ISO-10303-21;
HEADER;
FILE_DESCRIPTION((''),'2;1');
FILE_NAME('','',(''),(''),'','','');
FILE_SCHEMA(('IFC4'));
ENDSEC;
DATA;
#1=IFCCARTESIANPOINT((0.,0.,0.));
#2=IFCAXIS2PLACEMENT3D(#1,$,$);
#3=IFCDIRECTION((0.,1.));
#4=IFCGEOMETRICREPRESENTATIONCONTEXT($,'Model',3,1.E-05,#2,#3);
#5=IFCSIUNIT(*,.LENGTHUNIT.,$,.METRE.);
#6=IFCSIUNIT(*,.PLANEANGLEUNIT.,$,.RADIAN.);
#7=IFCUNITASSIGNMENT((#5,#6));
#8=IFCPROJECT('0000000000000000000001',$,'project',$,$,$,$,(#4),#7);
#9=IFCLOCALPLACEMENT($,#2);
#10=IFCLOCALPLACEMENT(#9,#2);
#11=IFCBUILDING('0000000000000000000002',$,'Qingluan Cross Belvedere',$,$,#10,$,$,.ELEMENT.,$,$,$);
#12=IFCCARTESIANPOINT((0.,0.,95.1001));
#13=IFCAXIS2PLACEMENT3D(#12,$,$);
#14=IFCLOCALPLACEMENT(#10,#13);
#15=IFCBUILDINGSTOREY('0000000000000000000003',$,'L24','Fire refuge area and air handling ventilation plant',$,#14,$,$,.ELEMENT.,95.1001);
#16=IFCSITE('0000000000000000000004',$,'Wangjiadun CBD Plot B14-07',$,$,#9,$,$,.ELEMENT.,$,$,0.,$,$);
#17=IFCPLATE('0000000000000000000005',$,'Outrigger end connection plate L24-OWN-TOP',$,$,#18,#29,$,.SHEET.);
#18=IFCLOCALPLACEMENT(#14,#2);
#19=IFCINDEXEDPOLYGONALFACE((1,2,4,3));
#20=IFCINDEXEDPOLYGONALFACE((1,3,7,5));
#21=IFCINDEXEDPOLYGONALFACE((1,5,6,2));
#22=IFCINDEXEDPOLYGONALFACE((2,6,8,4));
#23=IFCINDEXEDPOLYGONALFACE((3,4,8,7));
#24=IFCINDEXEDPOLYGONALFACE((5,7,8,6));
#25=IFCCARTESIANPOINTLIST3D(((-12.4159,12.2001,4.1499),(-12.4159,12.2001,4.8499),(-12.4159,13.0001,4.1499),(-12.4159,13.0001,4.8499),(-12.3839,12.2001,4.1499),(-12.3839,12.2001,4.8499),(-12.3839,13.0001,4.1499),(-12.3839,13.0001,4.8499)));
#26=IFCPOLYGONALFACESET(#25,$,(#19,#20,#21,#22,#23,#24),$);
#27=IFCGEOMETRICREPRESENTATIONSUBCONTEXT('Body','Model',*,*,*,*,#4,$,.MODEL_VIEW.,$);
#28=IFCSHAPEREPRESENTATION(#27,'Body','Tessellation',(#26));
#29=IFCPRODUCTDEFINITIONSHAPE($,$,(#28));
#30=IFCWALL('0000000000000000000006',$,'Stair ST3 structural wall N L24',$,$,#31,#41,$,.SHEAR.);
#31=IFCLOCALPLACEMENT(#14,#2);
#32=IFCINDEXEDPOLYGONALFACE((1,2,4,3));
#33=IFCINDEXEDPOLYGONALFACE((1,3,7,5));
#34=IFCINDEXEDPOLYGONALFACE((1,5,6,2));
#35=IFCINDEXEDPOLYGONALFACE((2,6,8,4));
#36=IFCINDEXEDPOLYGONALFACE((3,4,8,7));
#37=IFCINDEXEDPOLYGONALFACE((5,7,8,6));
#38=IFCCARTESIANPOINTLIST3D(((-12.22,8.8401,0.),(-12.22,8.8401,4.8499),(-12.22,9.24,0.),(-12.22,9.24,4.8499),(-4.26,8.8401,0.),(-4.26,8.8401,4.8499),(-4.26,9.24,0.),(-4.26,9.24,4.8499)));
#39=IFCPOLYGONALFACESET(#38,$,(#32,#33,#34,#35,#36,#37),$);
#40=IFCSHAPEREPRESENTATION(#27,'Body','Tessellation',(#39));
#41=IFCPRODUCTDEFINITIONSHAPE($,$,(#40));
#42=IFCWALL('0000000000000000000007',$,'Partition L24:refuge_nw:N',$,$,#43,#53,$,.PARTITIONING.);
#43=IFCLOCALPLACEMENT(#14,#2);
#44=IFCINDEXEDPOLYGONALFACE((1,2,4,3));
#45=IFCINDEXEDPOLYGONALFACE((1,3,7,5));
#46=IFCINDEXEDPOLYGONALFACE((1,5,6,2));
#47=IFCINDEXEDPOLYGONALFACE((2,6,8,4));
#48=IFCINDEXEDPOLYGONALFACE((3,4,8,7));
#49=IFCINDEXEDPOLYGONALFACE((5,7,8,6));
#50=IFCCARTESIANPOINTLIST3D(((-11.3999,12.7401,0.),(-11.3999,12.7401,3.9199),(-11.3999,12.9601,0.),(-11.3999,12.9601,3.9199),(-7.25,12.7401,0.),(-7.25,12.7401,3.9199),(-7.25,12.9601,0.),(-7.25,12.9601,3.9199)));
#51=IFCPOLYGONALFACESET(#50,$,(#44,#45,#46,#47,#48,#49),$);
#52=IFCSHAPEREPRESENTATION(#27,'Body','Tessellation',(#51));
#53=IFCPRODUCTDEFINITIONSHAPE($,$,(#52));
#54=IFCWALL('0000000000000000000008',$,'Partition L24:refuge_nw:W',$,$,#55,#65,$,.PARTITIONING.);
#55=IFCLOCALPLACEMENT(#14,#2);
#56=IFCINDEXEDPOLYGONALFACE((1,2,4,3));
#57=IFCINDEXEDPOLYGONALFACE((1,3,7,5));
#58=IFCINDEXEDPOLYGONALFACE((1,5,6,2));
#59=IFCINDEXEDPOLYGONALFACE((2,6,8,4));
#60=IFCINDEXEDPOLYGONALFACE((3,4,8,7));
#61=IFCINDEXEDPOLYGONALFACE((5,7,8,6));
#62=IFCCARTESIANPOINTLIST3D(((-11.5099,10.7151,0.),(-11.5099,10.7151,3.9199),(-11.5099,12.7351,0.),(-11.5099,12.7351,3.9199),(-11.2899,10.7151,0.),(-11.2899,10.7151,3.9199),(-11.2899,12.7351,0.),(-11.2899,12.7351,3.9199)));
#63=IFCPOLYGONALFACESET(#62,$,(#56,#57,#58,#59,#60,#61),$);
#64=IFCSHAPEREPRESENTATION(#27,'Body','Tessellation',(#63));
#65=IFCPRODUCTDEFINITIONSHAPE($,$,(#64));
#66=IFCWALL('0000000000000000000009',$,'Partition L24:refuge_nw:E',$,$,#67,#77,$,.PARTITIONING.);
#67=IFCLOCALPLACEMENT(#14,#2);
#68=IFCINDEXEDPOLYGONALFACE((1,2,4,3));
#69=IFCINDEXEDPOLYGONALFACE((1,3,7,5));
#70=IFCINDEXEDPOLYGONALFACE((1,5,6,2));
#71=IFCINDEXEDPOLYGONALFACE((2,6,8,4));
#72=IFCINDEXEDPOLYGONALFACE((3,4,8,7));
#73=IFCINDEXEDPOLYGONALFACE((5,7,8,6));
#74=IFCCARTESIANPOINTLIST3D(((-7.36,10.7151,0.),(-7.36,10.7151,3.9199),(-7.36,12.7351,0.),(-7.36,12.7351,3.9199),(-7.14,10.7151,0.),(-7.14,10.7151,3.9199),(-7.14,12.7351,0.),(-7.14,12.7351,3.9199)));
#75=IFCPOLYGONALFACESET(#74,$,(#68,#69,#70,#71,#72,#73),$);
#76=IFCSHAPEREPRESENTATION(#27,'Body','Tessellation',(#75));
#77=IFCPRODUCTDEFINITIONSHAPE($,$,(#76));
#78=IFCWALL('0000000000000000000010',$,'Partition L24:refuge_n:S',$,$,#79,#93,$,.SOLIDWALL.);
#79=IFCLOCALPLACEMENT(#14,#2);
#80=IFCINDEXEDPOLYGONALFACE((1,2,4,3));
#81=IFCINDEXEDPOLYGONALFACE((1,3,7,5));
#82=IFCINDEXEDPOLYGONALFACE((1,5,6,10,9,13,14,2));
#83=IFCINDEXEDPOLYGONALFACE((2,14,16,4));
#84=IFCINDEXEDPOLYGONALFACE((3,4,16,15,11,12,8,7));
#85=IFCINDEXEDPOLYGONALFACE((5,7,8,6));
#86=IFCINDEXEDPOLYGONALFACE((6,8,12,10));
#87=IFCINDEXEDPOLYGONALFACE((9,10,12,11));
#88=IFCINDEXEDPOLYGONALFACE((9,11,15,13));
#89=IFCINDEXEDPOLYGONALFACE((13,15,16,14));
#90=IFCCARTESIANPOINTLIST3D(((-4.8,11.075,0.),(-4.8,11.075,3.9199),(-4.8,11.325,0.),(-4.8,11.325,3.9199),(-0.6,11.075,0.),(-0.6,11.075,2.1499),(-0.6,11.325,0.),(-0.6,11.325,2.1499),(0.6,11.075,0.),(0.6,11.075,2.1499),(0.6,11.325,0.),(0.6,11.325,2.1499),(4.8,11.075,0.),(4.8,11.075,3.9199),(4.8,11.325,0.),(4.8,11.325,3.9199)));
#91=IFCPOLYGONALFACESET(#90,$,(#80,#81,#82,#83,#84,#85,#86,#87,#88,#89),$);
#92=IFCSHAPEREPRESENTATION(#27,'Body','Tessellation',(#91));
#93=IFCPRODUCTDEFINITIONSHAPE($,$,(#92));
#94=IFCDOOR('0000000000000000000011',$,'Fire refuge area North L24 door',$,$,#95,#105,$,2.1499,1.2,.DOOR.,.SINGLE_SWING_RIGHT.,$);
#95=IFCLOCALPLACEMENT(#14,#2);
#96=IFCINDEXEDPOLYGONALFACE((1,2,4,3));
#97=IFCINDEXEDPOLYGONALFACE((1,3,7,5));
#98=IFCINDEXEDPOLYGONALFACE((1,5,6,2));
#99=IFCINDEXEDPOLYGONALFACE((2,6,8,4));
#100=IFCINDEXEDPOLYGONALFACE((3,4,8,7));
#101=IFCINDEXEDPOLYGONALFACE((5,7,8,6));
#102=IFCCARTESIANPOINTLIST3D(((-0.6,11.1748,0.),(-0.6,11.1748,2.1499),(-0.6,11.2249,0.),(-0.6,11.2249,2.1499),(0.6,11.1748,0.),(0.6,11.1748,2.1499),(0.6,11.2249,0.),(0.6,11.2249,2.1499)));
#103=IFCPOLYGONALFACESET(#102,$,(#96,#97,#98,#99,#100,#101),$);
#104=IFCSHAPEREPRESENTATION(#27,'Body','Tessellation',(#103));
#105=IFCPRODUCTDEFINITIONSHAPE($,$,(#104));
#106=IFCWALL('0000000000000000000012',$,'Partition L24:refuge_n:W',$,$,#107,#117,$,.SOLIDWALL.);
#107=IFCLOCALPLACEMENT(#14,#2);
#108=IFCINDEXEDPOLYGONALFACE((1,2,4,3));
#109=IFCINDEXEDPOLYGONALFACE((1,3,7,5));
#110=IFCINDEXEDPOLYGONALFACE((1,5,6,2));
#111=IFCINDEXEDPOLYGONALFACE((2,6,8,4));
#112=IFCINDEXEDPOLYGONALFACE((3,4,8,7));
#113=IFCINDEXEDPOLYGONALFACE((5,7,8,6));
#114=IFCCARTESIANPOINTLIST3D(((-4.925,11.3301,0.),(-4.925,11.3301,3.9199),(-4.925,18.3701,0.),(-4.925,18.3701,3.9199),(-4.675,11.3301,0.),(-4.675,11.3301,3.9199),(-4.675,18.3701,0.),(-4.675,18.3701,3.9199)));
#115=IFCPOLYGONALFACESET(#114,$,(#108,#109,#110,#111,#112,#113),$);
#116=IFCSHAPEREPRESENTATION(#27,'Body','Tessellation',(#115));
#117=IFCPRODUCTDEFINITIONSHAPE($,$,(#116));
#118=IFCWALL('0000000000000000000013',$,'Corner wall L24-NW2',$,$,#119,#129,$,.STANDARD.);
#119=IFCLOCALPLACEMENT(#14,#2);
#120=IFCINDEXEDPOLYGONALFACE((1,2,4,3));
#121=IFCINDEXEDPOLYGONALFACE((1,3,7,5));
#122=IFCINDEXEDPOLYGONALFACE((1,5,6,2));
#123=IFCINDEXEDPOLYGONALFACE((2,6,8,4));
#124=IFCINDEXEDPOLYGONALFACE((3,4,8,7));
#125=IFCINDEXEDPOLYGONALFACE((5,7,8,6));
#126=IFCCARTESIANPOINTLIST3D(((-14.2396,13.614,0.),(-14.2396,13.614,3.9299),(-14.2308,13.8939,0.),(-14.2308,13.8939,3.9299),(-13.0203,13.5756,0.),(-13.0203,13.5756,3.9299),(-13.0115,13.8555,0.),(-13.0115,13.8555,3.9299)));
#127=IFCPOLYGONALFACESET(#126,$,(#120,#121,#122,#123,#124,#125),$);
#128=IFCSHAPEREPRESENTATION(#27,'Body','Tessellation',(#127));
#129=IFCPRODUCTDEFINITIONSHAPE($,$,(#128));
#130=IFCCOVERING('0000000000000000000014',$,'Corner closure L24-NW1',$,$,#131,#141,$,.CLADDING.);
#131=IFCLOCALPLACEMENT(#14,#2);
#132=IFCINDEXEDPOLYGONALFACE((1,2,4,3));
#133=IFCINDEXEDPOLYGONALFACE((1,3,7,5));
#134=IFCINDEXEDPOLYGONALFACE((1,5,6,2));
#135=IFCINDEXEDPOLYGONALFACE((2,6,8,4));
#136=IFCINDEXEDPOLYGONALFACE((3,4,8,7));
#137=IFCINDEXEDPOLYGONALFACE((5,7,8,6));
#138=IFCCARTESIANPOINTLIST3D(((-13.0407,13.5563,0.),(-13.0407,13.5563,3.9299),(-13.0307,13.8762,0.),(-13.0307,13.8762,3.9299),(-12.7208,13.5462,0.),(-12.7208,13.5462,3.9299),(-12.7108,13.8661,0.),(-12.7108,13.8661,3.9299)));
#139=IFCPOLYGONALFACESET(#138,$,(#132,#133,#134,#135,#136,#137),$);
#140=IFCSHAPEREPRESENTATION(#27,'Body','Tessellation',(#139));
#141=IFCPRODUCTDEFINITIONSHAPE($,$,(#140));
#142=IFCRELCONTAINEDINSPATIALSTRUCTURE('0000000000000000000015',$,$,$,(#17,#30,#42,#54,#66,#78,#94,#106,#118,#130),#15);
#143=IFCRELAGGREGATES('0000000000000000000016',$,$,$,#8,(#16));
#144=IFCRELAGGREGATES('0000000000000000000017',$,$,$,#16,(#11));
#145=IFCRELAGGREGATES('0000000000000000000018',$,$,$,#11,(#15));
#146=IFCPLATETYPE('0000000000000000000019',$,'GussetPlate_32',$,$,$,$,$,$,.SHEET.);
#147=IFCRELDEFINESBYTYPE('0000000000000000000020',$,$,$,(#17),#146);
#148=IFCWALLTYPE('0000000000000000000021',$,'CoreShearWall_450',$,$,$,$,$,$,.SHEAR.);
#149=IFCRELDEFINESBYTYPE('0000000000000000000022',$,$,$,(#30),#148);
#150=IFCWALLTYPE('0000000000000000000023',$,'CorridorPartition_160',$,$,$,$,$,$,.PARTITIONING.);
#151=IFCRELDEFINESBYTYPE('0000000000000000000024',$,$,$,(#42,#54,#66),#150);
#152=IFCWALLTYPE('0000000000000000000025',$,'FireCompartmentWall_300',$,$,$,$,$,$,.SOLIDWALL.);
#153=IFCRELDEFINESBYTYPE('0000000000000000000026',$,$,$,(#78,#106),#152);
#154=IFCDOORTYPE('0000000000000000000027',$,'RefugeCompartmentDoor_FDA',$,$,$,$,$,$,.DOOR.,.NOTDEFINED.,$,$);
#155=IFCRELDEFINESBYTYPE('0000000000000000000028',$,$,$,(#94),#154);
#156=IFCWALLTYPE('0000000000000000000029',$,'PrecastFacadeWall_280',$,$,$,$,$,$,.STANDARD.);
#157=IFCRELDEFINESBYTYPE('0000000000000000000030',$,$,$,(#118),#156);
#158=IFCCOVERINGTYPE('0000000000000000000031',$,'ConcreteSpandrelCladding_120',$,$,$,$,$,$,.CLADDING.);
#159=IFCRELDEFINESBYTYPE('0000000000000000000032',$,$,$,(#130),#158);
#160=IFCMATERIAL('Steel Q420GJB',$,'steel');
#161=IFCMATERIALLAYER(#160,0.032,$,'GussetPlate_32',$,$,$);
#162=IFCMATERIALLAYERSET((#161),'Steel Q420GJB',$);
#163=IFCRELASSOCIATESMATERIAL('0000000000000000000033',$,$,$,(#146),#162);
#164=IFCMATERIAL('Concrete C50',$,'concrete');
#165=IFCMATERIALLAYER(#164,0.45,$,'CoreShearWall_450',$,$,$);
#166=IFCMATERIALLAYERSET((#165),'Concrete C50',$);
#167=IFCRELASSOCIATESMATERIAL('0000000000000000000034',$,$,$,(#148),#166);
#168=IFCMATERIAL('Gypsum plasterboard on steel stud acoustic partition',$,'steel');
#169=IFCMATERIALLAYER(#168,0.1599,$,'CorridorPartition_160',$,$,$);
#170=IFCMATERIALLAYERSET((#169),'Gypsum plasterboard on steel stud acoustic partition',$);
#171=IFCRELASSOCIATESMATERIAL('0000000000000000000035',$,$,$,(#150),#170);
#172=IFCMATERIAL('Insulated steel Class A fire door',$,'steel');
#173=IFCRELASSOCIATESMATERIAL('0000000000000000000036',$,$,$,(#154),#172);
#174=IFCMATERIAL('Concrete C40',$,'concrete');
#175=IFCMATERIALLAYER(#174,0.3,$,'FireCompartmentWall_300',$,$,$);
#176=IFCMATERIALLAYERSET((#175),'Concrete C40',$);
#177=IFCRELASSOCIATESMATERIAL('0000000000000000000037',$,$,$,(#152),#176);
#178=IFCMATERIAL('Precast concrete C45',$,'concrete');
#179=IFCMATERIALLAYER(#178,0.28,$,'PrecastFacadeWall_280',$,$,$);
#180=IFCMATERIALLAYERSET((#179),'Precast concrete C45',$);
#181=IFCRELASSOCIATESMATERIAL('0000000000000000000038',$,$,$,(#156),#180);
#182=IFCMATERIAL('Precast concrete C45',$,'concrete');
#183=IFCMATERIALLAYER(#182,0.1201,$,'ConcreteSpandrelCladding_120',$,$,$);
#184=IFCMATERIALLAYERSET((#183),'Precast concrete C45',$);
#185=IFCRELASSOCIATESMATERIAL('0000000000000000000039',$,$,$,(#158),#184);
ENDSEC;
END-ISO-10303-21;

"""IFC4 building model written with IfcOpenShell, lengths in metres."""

from ifc_helpers import new_model, si_unit, direction, frame, frame_2d, origin, origin_2d, place, context, subcontext, project, spatial, rectangle, extrude, material, layer, layer_set, type_object, element, fill, save


model = new_model("IFC4")

# Units and contexts
model_context = context("Model", 3, precision=1e-05, world=origin(), true_north=direction((0.0, 1.0)))
body_context = subcontext(model_context, "Body", "Model", "MODEL_VIEW")
ifc_project = project(units=[si_unit("LENGTHUNIT", "METRE"), si_unit("PLANEANGLEUNIT", "RADIAN")], contexts=[model_context])

# Site, building, storey
site_placement = place(None, origin())
site = spatial("IfcSite", under=ifc_project, at=site_placement, Name="Wangjiadun CBD Plot B14-07", CompositionType="ELEMENT", RefElevation=0.0)
building_placement = place(site_placement, origin())
building = spatial("IfcBuilding", under=site, at=building_placement, Name="Qingluan Cross Belvedere", CompositionType="ELEMENT")
storey_placement = place(building_placement, frame((0.0, 0.0, 95.1001)))
storey = spatial("IfcBuildingStorey", under=building, at=storey_placement, Name="L24", Description="Fire refuge area and air handling ventilation plant", CompositionType="ELEMENT", Elevation=95.1001)

# Plate
ifc_material_1 = material(Name="Steel Q420GJB", Category="steel")
ifc_layer_1 = layer(ifc_material_1, 0.032, Name="GussetPlate_32")
ifc_layer_set_1 = layer_set([ifc_layer_1], Name="Steel Q420GJB")
plate_type = type_object("IfcPlateType", Name="GussetPlate_32", PredefinedType="SHEET", material=ifc_layer_set_1)
plate_placement = place(storey_placement, frame((-12.3999, 12.6001, 4.1499), z_axis=(0.0, 0.0, 1.0), x_axis=(0.0, 1.0, 0.0)))
element("IfcPlate", 1, at=plate_placement, inside=storey, type_object=plate_type, Name="Outrigger end connection plate L24-OWN-TOP", PredefinedType="SHEET", context=body_context, shape_type="SweptSolid", body=[
    extrude(rectangle(XDim=0.8, YDim=0.032, at=origin_2d()), origin(), (0.0, 0.0, 1.0), 0.7),
])

# Wall
ifc_material_2 = material(Name="Concrete C50", Category="concrete")
ifc_layer_2 = layer(ifc_material_2, 0.45, Name="CoreShearWall_450")
ifc_layer_set_2 = layer_set([ifc_layer_2], Name="Concrete C50")
wall_type_1 = type_object("IfcWallType", Name="CoreShearWall_450", PredefinedType="SHEAR", material=ifc_layer_set_2)
wall_1_placement = place(storey_placement, frame((-12.22, 9.04, 0.0), z_axis=(0.0, 0.0, 1.0), x_axis=(1.0, 0.0, 0.0)))
element("IfcWall", 2, at=wall_1_placement, inside=storey, type_object=wall_type_1, Name="Stair ST3 structural wall N L24", PredefinedType="SHEAR", context=body_context, shape_type="SweptSolid", body=[
    extrude(rectangle(XDim=7.96, YDim=0.3999, at=frame_2d((3.98, 0.0))), origin(), (0.0, 0.0, 1.0), 4.8499),
])

# Shared definitions
ifc_material_3 = material(Name="Gypsum plasterboard on steel stud acoustic partition", Category="steel")
ifc_layer_3 = layer(ifc_material_3, 0.1599, Name="CorridorPartition_160")
ifc_layer_set_3 = layer_set([ifc_layer_3], Name="Gypsum plasterboard on steel stud acoustic partition")
wall_type_2 = type_object("IfcWallType", Name="CorridorPartition_160", PredefinedType="PARTITIONING", material=ifc_layer_set_3)
ifc_material_4 = material(Name="Insulated steel Class A fire door", Category="steel")
door_type = type_object("IfcDoorType", Name="RefugeCompartmentDoor_FDA", OperationType="NOTDEFINED", PredefinedType="DOOR", material=ifc_material_4)

# Walls
wall_2_placement = place(storey_placement, frame((-11.3999, 12.8501, 0.0), z_axis=(0.0, 0.0, 1.0), x_axis=(1.0, 0.0, 0.0)))
element("IfcWall", 3, at=wall_2_placement, inside=storey, type_object=wall_type_2, Name="Partition L24:refuge_nw:N", PredefinedType="PARTITIONING", context=body_context, shape_type="SweptSolid", body=[
    extrude(rectangle(XDim=4.1499, YDim=0.22, at=frame_2d((2.075, 0.0))), origin(), (0.0, 0.0, 1.0), 3.9199),
])
for number, where, z_axis, x_axis, name in (
    (4, (-11.3999, 10.7151, 0.0), (0.0, 0.0, 1.0), (0.0, 1.0, 0.0), "Partition L24:refuge_nw:W"),
    (5, (-7.25, 10.7151, 0.0), (0.0, 0.0, 1.0), (0.0, 1.0, 0.0), "Partition L24:refuge_nw:E"),
):
    element("IfcWall", number, at=place(storey_placement, frame(where, z_axis=z_axis, x_axis=x_axis)), inside=storey, type_object=wall_type_2, Name=name, PredefinedType="PARTITIONING", context=body_context, shape_type="SweptSolid", body=[
        extrude(rectangle(XDim=2.02, YDim=0.22, at=frame_2d((1.01, 0.0))), origin(), (0.0, 0.0, 1.0), 3.9199),
    ])

# Wall, opening, door
ifc_material_5 = material(Name="Concrete C40", Category="concrete")
ifc_layer_4 = layer(ifc_material_5, 0.3, Name="FireCompartmentWall_300")
ifc_layer_set_4 = layer_set([ifc_layer_4], Name="Concrete C40")
wall_type_3 = type_object("IfcWallType", Name="FireCompartmentWall_300", PredefinedType="SOLIDWALL", material=ifc_layer_set_4)
wall_3_placement = place(storey_placement, frame((-4.8, 11.2, 0.0), z_axis=(0.0, 0.0, 1.0), x_axis=(1.0, 0.0, 0.0)))
wall_3 = element("IfcWall", 6, at=wall_3_placement, inside=storey, type_object=wall_type_3, Name="Partition L24:refuge_n:S", PredefinedType="SOLIDWALL", context=body_context, shape_type="SweptSolid", body=[
    extrude(rectangle(XDim=9.6001, YDim=0.25, at=frame_2d((4.8, 0.0))), origin(), (0.0, 0.0, 1.0), 3.9199),
])
opening_1_placement = place(wall_3_placement, frame((4.2, 0.0, 0.0)))
opening_1 = element("IfcOpeningElement", 7, at=opening_1_placement, cuts=wall_3, PredefinedType="OPENING", context=body_context, shape_type="SweptSolid", body=[
    extrude(rectangle(XDim=1.2, YDim=2.1499, at=frame_2d((0.6001, 1.075))), frame((0.0, 0.135, 0.0), z_axis=(0.0, -1.0, 0.0), x_axis=(1.0, 0.0, 0.0)), (0.0, 0.0, 1.0), 0.27),
])
door_1_placement = place(opening_1_placement, origin())
door_1 = element("IfcDoor", 8, at=door_1_placement, inside=storey, type_object=door_type, Name="Fire refuge area North L24 door", OperationType="SINGLE_SWING_RIGHT", OverallHeight=2.1499, OverallWidth=1.2, PredefinedType="DOOR", context=body_context, shape_type="SweptSolid", body=[
    extrude(rectangle(XDim=1.2, YDim=2.1499, at=frame_2d((0.6001, 1.075))), frame((0.0, 0.0249, 0.0), z_axis=(0.0, -1.0, 0.0), x_axis=(1.0, 0.0, 0.0)), (0.0, 0.0, 1.0), 0.05),
])
fill(opening_1, door_1)

# Walls
wall_4_placement = place(storey_placement, frame((-4.8, 11.3301, 0.0), z_axis=(0.0, 0.0, 1.0), x_axis=(0.0, 1.0, 0.0)))
element("IfcWall", 9, at=wall_4_placement, inside=storey, type_object=wall_type_3, Name="Partition L24:refuge_n:W", PredefinedType="SOLIDWALL", context=body_context, shape_type="SweptSolid", body=[
    extrude(rectangle(XDim=7.04, YDim=0.25, at=frame_2d((3.52, 0.0))), origin(), (0.0, 0.0, 1.0), 3.9199),
])
ifc_material_6 = material(Name="Precast concrete C45", Category="concrete")
ifc_layer_5 = layer(ifc_material_6, 0.28, Name="PrecastFacadeWall_280")
ifc_layer_set_5 = layer_set([ifc_layer_5], Name="Precast concrete C45")
wall_type_4 = type_object("IfcWallType", Name="PrecastFacadeWall_280", PredefinedType="STANDARD", material=ifc_layer_set_5)
wall_5_placement = place(storey_placement, frame((-14.2351, 13.7539, 0.0), z_axis=(0.0, 0.0, 1.0), x_axis=(0.999506, -0.031416, 0.0)))
element("IfcWall", 10, at=wall_5_placement, inside=storey, type_object=wall_type_4, Name="Corner wall L24-NW2", PredefinedType="STANDARD", context=body_context, shape_type="SweptSolid", body=[
    extrude(rectangle(XDim=1.22, YDim=0.28, at=frame_2d((0.6099, 0.0))), origin(), (0.0, 0.0, 1.0), 3.9299),
])

# Covering
ifc_material_7 = material(Name="Precast concrete C45", Category="concrete")
ifc_layer_6 = layer(ifc_material_7, 0.1201, Name="ConcreteSpandrelCladding_120")
ifc_layer_set_6 = layer_set([ifc_layer_6], Name="Precast concrete C45")
covering_type = type_object("IfcCoveringType", Name="ConcreteSpandrelCladding_120", PredefinedType="CLADDING", material=ifc_layer_set_6)
covering_placement = place(storey_placement, frame((-12.8757, 13.7112, 0.0), z_axis=(0.0, 0.0, 1.0), x_axis=(0.999507, -0.031411, 0.0)))
element("IfcCovering", 11, at=covering_placement, inside=storey, type_object=covering_type, Name="Corner closure L24-NW1", PredefinedType="CLADDING", context=body_context, shape_type="SweptSolid", body=[
    extrude(rectangle(XDim=0.3201, YDim=0.3201, at=origin_2d()), origin(), (0.0, 0.0, 1.0), 3.9299),
])

save(model, "model.ifc")
